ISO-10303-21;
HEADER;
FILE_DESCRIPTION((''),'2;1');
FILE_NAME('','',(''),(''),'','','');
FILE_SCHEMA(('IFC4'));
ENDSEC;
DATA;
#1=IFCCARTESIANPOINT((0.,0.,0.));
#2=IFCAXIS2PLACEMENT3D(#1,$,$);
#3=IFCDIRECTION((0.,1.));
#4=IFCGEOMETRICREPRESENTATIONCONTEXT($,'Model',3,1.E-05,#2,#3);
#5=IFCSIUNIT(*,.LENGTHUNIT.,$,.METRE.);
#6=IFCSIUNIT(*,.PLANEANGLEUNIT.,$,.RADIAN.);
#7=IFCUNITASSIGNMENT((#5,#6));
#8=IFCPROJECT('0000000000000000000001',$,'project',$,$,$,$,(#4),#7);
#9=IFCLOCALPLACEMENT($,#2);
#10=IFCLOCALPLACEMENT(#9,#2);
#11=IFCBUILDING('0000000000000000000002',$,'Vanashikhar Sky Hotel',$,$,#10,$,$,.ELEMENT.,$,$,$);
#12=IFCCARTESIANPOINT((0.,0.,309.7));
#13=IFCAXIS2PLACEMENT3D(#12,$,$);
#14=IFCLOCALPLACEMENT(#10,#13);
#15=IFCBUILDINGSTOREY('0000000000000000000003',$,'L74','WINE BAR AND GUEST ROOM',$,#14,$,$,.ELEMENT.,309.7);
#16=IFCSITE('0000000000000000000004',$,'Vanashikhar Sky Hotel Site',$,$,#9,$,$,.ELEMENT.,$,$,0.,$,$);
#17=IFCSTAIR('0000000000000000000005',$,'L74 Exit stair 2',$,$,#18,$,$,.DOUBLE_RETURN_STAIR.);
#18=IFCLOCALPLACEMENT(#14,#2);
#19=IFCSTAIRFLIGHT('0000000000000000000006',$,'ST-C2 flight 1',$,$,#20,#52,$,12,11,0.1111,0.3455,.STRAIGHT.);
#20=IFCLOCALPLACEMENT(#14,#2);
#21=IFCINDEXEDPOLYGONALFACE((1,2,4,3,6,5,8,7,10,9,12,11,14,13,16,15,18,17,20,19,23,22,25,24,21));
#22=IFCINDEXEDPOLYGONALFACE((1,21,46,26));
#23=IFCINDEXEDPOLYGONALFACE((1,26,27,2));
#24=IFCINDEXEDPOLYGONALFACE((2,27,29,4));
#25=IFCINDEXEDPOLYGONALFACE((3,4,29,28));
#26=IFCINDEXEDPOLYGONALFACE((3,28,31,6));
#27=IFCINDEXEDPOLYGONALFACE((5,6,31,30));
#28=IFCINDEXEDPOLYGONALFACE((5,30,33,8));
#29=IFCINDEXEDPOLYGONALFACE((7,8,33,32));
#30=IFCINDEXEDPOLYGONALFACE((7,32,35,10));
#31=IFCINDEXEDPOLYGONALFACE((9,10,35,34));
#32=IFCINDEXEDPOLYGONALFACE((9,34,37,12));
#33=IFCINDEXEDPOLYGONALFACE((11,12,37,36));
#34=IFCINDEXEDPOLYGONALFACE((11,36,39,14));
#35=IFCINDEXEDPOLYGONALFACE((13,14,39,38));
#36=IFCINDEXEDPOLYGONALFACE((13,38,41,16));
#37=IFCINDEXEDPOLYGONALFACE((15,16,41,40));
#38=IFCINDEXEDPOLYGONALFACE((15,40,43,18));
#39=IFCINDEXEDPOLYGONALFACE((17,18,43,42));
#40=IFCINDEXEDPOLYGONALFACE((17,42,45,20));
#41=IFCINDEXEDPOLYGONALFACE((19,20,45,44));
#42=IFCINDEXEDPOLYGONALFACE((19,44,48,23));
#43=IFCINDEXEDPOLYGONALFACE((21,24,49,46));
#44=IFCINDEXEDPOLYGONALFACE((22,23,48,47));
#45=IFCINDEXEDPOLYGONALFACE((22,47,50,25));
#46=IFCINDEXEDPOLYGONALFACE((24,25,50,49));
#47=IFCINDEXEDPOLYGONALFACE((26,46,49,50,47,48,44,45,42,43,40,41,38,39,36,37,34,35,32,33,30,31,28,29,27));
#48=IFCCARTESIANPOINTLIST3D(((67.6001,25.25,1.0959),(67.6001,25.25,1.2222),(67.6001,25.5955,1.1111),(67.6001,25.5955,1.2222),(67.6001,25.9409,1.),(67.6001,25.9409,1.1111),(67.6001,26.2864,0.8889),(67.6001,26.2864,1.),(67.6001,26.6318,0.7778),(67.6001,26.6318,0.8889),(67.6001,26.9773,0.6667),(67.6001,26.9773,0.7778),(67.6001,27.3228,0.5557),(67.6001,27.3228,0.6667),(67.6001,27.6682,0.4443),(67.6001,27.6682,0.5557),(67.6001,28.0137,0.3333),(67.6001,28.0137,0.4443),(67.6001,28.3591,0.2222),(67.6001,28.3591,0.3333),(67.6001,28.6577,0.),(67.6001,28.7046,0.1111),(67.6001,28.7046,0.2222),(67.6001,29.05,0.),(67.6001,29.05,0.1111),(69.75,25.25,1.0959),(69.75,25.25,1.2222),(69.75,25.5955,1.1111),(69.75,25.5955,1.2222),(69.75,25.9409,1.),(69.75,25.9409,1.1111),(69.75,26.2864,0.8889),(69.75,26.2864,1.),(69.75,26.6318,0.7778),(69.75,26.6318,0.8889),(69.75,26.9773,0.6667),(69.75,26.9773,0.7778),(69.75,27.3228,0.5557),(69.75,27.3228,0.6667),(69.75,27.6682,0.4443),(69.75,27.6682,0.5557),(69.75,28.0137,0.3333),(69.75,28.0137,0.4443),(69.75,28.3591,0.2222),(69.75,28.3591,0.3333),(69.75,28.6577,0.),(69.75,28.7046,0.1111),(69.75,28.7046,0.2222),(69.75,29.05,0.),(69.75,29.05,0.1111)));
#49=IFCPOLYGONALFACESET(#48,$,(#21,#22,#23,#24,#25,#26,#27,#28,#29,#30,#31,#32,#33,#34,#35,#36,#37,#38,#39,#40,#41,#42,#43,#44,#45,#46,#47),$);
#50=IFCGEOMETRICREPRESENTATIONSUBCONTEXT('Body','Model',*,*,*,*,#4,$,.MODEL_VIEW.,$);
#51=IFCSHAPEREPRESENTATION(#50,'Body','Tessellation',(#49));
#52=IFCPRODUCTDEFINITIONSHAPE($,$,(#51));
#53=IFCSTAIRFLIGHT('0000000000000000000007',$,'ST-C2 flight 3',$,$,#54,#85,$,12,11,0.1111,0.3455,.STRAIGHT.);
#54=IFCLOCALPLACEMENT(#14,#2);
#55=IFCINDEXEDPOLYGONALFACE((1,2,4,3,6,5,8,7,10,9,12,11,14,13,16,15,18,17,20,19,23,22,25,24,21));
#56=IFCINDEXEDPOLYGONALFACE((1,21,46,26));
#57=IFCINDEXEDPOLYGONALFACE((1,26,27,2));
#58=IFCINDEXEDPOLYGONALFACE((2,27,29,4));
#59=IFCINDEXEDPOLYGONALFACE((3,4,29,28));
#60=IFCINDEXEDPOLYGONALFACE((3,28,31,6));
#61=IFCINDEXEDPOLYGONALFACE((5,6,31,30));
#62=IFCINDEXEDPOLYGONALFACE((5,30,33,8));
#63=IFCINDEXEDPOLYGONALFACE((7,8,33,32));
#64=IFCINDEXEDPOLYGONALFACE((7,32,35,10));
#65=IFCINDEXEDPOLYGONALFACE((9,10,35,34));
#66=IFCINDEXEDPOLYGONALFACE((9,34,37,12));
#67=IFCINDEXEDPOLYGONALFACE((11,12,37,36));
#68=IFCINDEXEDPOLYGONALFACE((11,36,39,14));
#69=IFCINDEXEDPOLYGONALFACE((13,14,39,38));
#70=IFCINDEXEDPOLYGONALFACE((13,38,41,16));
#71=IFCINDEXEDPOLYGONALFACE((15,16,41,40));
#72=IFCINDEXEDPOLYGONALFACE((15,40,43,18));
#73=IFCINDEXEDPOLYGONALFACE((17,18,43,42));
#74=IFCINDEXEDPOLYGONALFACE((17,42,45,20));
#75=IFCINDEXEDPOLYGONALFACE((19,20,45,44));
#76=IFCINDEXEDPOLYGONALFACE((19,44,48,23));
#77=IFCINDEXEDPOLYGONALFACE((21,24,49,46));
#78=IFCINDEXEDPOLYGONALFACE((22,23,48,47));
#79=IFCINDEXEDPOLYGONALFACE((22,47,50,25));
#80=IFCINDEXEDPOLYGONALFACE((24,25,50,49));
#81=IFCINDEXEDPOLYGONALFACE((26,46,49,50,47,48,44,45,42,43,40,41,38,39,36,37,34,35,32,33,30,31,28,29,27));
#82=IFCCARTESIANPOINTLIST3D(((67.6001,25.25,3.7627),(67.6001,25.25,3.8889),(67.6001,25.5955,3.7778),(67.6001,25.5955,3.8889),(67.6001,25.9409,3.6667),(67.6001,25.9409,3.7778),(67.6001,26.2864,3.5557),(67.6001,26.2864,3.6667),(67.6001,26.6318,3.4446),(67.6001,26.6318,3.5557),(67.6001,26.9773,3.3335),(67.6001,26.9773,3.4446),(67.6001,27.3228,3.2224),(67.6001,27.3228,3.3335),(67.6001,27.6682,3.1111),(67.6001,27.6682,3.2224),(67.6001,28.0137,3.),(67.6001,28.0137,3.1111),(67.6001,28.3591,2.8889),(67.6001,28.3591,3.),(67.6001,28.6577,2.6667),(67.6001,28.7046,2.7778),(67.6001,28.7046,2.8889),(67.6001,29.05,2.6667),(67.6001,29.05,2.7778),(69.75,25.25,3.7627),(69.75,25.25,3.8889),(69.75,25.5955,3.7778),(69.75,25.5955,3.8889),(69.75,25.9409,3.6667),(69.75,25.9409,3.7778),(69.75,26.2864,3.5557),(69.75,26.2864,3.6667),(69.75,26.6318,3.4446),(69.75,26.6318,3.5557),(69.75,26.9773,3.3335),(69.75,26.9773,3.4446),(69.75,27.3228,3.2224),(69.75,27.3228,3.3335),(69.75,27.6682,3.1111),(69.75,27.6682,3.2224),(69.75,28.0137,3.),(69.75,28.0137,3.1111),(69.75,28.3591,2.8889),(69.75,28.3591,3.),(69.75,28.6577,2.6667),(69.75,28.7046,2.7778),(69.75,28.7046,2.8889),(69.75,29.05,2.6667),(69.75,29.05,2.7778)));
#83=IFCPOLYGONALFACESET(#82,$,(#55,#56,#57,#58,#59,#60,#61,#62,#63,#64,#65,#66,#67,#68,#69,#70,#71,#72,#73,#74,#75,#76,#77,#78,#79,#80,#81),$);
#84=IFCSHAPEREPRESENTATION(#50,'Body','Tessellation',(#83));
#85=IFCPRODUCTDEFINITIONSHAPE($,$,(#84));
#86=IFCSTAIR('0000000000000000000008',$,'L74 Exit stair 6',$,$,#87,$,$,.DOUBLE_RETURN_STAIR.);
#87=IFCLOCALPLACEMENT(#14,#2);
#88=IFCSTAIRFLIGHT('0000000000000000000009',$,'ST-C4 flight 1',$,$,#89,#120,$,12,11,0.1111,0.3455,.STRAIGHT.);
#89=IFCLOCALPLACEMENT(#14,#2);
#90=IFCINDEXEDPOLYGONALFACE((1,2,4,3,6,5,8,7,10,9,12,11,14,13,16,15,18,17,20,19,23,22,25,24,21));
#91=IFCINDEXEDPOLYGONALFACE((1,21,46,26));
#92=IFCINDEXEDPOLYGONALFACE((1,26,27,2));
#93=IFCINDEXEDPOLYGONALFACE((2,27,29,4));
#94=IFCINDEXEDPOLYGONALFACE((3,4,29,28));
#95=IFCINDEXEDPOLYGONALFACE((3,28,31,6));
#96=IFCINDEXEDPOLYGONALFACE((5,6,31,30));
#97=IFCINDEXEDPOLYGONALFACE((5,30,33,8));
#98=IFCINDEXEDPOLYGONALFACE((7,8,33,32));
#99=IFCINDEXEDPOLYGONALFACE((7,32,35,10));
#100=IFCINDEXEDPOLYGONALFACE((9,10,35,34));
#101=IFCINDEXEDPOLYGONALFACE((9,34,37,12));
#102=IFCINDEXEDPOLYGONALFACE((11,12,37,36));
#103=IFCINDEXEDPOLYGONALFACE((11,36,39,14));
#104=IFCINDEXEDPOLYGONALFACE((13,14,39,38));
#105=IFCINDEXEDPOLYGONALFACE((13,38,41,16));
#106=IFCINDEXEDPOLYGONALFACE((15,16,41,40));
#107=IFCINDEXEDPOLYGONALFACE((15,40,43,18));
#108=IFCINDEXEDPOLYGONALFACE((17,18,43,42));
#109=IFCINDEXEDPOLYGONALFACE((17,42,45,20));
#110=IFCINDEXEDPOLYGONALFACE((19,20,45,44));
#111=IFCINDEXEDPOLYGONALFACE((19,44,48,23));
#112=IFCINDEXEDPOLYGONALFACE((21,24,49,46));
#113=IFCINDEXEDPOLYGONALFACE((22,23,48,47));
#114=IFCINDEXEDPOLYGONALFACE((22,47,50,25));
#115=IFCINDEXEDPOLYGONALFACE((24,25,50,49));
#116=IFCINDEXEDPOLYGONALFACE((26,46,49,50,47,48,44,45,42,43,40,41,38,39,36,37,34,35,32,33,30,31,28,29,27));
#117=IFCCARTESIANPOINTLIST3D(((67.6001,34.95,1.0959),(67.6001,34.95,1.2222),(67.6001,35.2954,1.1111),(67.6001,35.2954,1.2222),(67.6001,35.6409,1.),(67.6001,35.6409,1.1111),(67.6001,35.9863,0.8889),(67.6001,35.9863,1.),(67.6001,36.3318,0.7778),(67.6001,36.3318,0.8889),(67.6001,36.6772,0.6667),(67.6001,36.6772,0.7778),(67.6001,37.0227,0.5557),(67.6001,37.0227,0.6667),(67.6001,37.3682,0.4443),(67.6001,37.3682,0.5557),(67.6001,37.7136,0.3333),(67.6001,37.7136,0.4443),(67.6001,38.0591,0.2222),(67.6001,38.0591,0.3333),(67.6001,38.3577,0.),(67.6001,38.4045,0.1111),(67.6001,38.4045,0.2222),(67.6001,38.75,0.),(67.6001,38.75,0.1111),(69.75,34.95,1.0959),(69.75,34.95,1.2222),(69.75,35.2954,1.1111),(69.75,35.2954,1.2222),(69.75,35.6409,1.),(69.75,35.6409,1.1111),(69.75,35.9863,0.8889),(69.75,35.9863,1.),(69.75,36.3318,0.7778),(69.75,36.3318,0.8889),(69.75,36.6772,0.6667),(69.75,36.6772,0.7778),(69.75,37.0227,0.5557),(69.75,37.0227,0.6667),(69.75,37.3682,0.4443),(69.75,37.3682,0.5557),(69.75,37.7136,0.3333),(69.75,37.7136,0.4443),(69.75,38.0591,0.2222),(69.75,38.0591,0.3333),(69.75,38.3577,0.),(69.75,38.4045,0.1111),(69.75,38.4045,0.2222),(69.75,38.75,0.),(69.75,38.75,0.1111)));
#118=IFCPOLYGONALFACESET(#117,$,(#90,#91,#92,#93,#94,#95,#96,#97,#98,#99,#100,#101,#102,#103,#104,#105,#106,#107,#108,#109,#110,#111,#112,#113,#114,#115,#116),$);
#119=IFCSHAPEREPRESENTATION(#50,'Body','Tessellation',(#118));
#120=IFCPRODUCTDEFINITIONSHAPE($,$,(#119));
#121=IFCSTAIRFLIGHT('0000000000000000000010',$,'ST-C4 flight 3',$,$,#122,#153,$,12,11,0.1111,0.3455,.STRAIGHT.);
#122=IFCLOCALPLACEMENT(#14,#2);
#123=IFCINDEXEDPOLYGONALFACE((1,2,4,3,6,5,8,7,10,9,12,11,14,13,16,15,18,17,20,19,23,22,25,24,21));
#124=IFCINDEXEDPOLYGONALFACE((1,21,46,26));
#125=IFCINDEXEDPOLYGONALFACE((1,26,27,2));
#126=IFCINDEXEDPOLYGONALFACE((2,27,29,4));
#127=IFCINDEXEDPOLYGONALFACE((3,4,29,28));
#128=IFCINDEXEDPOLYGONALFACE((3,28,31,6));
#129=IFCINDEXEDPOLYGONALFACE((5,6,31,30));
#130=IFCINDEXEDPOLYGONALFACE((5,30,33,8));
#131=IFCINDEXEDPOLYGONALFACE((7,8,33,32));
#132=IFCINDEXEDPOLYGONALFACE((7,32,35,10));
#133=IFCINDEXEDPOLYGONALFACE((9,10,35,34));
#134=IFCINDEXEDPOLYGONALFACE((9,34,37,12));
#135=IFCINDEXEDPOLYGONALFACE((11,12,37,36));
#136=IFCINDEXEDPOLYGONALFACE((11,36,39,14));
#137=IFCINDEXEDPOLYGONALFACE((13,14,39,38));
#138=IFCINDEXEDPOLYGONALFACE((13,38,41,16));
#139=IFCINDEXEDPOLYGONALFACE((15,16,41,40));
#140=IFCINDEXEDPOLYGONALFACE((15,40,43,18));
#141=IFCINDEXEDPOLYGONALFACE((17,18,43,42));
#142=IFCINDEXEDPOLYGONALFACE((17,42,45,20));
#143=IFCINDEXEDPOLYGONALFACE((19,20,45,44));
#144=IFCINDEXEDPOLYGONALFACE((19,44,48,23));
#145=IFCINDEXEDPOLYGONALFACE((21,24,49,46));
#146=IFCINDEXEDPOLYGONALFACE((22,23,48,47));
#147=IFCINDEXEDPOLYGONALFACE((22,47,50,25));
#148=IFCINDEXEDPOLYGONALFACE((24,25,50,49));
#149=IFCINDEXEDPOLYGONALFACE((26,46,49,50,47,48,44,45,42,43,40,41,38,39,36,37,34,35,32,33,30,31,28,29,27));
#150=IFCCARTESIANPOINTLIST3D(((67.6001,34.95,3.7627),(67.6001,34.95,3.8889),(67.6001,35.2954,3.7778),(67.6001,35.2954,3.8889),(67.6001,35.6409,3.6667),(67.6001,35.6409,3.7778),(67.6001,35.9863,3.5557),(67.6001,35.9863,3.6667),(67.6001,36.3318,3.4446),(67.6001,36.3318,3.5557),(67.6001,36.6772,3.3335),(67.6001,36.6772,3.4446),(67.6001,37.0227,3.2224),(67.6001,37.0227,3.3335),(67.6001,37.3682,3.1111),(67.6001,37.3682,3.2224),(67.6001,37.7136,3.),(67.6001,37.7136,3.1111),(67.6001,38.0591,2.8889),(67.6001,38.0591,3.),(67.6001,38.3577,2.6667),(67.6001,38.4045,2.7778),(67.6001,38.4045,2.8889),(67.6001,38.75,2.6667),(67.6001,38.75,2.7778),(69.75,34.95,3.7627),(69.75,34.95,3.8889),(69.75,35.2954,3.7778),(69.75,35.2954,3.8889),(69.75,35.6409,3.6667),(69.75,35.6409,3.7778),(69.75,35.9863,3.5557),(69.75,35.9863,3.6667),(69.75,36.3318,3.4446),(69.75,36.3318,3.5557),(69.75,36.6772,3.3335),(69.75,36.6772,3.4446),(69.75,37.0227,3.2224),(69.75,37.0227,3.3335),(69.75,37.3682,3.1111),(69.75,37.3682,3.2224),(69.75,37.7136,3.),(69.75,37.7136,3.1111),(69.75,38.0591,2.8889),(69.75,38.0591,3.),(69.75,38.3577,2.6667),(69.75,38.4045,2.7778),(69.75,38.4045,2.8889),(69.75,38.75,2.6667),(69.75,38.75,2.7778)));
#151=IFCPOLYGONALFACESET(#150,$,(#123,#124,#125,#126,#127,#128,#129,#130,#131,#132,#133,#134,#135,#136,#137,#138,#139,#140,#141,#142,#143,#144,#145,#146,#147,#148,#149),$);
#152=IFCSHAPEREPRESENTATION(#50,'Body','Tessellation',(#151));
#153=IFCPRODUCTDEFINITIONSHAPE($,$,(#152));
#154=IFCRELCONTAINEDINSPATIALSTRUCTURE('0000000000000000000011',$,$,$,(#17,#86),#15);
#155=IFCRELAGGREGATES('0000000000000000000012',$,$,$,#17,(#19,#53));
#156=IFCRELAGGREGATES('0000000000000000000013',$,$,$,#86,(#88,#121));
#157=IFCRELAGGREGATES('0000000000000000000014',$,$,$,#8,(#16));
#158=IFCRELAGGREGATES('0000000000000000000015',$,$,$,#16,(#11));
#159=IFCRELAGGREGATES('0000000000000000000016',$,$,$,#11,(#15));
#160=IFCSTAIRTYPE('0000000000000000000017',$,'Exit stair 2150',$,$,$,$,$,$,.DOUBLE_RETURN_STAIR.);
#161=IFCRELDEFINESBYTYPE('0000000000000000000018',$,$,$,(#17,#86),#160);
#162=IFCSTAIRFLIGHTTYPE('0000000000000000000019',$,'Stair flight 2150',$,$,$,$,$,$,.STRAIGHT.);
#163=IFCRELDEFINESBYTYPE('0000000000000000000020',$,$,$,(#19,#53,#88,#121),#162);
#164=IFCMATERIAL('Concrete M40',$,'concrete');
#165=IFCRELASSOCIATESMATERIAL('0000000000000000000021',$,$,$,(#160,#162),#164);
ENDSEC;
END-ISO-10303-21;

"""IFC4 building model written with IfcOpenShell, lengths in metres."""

from ifc_helpers import new_model, si_unit, direction, frame, origin, place, context, subcontext, project, spatial, polyline, outline, extrude, source, transform, mapped, material, type_object, element, aggregate, save


model = new_model("IFC4")

# Units and contexts
model_context = context("Model", 3, precision=1e-05, world=origin(), true_north=direction((0.0, 1.0)))
body_context = subcontext(model_context, "Body", "Model", "MODEL_VIEW")
ifc_project = project(units=[si_unit("LENGTHUNIT", "METRE"), si_unit("PLANEANGLEUNIT", "RADIAN")], contexts=[model_context])

# Site, building, storey
site_placement = place(None, origin())
site = spatial("IfcSite", under=ifc_project, at=site_placement, Name="Vanashikhar Sky Hotel Site", CompositionType="ELEMENT", RefElevation=0.0)
building_placement = place(site_placement, origin())
building = spatial("IfcBuilding", under=site, at=building_placement, Name="Vanashikhar Sky Hotel", CompositionType="ELEMENT")
storey_placement = place(building_placement, frame((0.0, 0.0, 309.7)))
storey = spatial("IfcBuildingStorey", under=building, at=storey_placement, Name="L74", Description="WINE BAR AND GUEST ROOM", CompositionType="ELEMENT", Elevation=309.7)

# Stairs, stair flights
ifc_material_1 = material(Name="Concrete M40", Category="concrete")
stair_type = type_object("IfcStairType", Name="Exit stair 2150", PredefinedType="DOUBLE_RETURN_STAIR", material=ifc_material_1)
stair_1_placement = place(storey_placement, origin())
stair_1 = element("IfcStair", 1, at=stair_1_placement, inside=storey, type_object=stair_type, Name="L74 Exit stair 2", PredefinedType="DOUBLE_RETURN_STAIR")
stair_flight_type = type_object("IfcStairFlightType", Name="Stair flight 2150", PredefinedType="STRAIGHT", material=ifc_material_1)
shared_shape_1 = source(origin(), body_context, "Body", "SweptSolid", [
    extrude(outline(polyline([(0.0, 0.0), (0.0, 0.1111), (0.3455, 0.1111), (0.3455, 0.2222), (0.6909, 0.2222), (0.6909, 0.3333), (1.0364, 0.3333), (1.0364, 0.4443), (1.3818, 0.4443), (1.3818, 0.5557), (1.7273, 0.5557), (1.7273, 0.6667), (2.0728, 0.6667), (2.0728, 0.7778), (2.4182, 0.7778), (2.4182, 0.8889), (2.7637, 0.8889), (2.7637, 1.0), (3.1091, 1.0), (3.1091, 1.1111), (3.4546, 1.1111), (3.4546, 1.2222), (3.8, 1.2222), (3.8, 1.3333), (3.8, 1.0959), (0.3923, 0.0), (0.0, 0.0)])), frame((0.0, 1.075, 0.0), z_axis=(0.0, -1.0, 0.0), x_axis=(1.0, 0.0, 0.0)), (0.0, 0.0, 1.0), 2.1499),
])
stair_flight_1_placement = place(storey_placement, frame((68.675, 29.05, 0.0), z_axis=(0.0, 0.0, 1.0), x_axis=(0.0, -1.0, 0.0)))
stair_flight_1 = element("IfcStairFlight", 2, at=stair_flight_1_placement, type_object=stair_flight_type, Name="ST-C2 flight 1", NumberOfRisers=12, NumberOfTreads=11, PredefinedType="STRAIGHT", RiserHeight=0.1111, TreadLength=0.3455, context=body_context, shape_type="MappedRepresentation", body=[
    mapped(shared_shape_1, transform((0.0, 0.0, 0.0), scale=1.0)),
])
stair_flight_2_placement = place(storey_placement, frame((68.675, 29.05, 2.6667), z_axis=(0.0, 0.0, 1.0), x_axis=(0.0, -1.0, 0.0)))
stair_flight_2 = element("IfcStairFlight", 3, at=stair_flight_2_placement, type_object=stair_flight_type, Name="ST-C2 flight 3", NumberOfRisers=12, NumberOfTreads=11, PredefinedType="STRAIGHT", RiserHeight=0.1111, TreadLength=0.3455, context=body_context, shape_type="MappedRepresentation", body=[
    mapped(shared_shape_1, transform((0.0, 0.0, 0.0), scale=1.0)),
])
aggregate(stair_1, [stair_flight_1, stair_flight_2])
stair_2_placement = place(storey_placement, origin())
stair_2 = element("IfcStair", 4, at=stair_2_placement, inside=storey, type_object=stair_type, Name="L74 Exit stair 6", PredefinedType="DOUBLE_RETURN_STAIR")
stair_flight_3_placement = place(storey_placement, frame((68.675, 38.75, 0.0), z_axis=(0.0, 0.0, 1.0), x_axis=(0.0, -1.0, 0.0)))
stair_flight_3 = element("IfcStairFlight", 5, at=stair_flight_3_placement, type_object=stair_flight_type, Name="ST-C4 flight 1", NumberOfRisers=12, NumberOfTreads=11, PredefinedType="STRAIGHT", RiserHeight=0.1111, TreadLength=0.3455, context=body_context, shape_type="MappedRepresentation", body=[
    mapped(shared_shape_1, transform((0.0, 0.0, 0.0), scale=1.0)),
])
stair_flight_4_placement = place(storey_placement, frame((68.675, 38.75, 2.6667), z_axis=(0.0, 0.0, 1.0), x_axis=(0.0, -1.0, 0.0)))
stair_flight_4 = element("IfcStairFlight", 6, at=stair_flight_4_placement, type_object=stair_flight_type, Name="ST-C4 flight 3", NumberOfRisers=12, NumberOfTreads=11, PredefinedType="STRAIGHT", RiserHeight=0.1111, TreadLength=0.3455, context=body_context, shape_type="MappedRepresentation", body=[
    mapped(shared_shape_1, transform((0.0, 0.0, 0.0), scale=1.0)),
])
aggregate(stair_2, [stair_flight_3, stair_flight_4])

save(model, "model.ifc")
